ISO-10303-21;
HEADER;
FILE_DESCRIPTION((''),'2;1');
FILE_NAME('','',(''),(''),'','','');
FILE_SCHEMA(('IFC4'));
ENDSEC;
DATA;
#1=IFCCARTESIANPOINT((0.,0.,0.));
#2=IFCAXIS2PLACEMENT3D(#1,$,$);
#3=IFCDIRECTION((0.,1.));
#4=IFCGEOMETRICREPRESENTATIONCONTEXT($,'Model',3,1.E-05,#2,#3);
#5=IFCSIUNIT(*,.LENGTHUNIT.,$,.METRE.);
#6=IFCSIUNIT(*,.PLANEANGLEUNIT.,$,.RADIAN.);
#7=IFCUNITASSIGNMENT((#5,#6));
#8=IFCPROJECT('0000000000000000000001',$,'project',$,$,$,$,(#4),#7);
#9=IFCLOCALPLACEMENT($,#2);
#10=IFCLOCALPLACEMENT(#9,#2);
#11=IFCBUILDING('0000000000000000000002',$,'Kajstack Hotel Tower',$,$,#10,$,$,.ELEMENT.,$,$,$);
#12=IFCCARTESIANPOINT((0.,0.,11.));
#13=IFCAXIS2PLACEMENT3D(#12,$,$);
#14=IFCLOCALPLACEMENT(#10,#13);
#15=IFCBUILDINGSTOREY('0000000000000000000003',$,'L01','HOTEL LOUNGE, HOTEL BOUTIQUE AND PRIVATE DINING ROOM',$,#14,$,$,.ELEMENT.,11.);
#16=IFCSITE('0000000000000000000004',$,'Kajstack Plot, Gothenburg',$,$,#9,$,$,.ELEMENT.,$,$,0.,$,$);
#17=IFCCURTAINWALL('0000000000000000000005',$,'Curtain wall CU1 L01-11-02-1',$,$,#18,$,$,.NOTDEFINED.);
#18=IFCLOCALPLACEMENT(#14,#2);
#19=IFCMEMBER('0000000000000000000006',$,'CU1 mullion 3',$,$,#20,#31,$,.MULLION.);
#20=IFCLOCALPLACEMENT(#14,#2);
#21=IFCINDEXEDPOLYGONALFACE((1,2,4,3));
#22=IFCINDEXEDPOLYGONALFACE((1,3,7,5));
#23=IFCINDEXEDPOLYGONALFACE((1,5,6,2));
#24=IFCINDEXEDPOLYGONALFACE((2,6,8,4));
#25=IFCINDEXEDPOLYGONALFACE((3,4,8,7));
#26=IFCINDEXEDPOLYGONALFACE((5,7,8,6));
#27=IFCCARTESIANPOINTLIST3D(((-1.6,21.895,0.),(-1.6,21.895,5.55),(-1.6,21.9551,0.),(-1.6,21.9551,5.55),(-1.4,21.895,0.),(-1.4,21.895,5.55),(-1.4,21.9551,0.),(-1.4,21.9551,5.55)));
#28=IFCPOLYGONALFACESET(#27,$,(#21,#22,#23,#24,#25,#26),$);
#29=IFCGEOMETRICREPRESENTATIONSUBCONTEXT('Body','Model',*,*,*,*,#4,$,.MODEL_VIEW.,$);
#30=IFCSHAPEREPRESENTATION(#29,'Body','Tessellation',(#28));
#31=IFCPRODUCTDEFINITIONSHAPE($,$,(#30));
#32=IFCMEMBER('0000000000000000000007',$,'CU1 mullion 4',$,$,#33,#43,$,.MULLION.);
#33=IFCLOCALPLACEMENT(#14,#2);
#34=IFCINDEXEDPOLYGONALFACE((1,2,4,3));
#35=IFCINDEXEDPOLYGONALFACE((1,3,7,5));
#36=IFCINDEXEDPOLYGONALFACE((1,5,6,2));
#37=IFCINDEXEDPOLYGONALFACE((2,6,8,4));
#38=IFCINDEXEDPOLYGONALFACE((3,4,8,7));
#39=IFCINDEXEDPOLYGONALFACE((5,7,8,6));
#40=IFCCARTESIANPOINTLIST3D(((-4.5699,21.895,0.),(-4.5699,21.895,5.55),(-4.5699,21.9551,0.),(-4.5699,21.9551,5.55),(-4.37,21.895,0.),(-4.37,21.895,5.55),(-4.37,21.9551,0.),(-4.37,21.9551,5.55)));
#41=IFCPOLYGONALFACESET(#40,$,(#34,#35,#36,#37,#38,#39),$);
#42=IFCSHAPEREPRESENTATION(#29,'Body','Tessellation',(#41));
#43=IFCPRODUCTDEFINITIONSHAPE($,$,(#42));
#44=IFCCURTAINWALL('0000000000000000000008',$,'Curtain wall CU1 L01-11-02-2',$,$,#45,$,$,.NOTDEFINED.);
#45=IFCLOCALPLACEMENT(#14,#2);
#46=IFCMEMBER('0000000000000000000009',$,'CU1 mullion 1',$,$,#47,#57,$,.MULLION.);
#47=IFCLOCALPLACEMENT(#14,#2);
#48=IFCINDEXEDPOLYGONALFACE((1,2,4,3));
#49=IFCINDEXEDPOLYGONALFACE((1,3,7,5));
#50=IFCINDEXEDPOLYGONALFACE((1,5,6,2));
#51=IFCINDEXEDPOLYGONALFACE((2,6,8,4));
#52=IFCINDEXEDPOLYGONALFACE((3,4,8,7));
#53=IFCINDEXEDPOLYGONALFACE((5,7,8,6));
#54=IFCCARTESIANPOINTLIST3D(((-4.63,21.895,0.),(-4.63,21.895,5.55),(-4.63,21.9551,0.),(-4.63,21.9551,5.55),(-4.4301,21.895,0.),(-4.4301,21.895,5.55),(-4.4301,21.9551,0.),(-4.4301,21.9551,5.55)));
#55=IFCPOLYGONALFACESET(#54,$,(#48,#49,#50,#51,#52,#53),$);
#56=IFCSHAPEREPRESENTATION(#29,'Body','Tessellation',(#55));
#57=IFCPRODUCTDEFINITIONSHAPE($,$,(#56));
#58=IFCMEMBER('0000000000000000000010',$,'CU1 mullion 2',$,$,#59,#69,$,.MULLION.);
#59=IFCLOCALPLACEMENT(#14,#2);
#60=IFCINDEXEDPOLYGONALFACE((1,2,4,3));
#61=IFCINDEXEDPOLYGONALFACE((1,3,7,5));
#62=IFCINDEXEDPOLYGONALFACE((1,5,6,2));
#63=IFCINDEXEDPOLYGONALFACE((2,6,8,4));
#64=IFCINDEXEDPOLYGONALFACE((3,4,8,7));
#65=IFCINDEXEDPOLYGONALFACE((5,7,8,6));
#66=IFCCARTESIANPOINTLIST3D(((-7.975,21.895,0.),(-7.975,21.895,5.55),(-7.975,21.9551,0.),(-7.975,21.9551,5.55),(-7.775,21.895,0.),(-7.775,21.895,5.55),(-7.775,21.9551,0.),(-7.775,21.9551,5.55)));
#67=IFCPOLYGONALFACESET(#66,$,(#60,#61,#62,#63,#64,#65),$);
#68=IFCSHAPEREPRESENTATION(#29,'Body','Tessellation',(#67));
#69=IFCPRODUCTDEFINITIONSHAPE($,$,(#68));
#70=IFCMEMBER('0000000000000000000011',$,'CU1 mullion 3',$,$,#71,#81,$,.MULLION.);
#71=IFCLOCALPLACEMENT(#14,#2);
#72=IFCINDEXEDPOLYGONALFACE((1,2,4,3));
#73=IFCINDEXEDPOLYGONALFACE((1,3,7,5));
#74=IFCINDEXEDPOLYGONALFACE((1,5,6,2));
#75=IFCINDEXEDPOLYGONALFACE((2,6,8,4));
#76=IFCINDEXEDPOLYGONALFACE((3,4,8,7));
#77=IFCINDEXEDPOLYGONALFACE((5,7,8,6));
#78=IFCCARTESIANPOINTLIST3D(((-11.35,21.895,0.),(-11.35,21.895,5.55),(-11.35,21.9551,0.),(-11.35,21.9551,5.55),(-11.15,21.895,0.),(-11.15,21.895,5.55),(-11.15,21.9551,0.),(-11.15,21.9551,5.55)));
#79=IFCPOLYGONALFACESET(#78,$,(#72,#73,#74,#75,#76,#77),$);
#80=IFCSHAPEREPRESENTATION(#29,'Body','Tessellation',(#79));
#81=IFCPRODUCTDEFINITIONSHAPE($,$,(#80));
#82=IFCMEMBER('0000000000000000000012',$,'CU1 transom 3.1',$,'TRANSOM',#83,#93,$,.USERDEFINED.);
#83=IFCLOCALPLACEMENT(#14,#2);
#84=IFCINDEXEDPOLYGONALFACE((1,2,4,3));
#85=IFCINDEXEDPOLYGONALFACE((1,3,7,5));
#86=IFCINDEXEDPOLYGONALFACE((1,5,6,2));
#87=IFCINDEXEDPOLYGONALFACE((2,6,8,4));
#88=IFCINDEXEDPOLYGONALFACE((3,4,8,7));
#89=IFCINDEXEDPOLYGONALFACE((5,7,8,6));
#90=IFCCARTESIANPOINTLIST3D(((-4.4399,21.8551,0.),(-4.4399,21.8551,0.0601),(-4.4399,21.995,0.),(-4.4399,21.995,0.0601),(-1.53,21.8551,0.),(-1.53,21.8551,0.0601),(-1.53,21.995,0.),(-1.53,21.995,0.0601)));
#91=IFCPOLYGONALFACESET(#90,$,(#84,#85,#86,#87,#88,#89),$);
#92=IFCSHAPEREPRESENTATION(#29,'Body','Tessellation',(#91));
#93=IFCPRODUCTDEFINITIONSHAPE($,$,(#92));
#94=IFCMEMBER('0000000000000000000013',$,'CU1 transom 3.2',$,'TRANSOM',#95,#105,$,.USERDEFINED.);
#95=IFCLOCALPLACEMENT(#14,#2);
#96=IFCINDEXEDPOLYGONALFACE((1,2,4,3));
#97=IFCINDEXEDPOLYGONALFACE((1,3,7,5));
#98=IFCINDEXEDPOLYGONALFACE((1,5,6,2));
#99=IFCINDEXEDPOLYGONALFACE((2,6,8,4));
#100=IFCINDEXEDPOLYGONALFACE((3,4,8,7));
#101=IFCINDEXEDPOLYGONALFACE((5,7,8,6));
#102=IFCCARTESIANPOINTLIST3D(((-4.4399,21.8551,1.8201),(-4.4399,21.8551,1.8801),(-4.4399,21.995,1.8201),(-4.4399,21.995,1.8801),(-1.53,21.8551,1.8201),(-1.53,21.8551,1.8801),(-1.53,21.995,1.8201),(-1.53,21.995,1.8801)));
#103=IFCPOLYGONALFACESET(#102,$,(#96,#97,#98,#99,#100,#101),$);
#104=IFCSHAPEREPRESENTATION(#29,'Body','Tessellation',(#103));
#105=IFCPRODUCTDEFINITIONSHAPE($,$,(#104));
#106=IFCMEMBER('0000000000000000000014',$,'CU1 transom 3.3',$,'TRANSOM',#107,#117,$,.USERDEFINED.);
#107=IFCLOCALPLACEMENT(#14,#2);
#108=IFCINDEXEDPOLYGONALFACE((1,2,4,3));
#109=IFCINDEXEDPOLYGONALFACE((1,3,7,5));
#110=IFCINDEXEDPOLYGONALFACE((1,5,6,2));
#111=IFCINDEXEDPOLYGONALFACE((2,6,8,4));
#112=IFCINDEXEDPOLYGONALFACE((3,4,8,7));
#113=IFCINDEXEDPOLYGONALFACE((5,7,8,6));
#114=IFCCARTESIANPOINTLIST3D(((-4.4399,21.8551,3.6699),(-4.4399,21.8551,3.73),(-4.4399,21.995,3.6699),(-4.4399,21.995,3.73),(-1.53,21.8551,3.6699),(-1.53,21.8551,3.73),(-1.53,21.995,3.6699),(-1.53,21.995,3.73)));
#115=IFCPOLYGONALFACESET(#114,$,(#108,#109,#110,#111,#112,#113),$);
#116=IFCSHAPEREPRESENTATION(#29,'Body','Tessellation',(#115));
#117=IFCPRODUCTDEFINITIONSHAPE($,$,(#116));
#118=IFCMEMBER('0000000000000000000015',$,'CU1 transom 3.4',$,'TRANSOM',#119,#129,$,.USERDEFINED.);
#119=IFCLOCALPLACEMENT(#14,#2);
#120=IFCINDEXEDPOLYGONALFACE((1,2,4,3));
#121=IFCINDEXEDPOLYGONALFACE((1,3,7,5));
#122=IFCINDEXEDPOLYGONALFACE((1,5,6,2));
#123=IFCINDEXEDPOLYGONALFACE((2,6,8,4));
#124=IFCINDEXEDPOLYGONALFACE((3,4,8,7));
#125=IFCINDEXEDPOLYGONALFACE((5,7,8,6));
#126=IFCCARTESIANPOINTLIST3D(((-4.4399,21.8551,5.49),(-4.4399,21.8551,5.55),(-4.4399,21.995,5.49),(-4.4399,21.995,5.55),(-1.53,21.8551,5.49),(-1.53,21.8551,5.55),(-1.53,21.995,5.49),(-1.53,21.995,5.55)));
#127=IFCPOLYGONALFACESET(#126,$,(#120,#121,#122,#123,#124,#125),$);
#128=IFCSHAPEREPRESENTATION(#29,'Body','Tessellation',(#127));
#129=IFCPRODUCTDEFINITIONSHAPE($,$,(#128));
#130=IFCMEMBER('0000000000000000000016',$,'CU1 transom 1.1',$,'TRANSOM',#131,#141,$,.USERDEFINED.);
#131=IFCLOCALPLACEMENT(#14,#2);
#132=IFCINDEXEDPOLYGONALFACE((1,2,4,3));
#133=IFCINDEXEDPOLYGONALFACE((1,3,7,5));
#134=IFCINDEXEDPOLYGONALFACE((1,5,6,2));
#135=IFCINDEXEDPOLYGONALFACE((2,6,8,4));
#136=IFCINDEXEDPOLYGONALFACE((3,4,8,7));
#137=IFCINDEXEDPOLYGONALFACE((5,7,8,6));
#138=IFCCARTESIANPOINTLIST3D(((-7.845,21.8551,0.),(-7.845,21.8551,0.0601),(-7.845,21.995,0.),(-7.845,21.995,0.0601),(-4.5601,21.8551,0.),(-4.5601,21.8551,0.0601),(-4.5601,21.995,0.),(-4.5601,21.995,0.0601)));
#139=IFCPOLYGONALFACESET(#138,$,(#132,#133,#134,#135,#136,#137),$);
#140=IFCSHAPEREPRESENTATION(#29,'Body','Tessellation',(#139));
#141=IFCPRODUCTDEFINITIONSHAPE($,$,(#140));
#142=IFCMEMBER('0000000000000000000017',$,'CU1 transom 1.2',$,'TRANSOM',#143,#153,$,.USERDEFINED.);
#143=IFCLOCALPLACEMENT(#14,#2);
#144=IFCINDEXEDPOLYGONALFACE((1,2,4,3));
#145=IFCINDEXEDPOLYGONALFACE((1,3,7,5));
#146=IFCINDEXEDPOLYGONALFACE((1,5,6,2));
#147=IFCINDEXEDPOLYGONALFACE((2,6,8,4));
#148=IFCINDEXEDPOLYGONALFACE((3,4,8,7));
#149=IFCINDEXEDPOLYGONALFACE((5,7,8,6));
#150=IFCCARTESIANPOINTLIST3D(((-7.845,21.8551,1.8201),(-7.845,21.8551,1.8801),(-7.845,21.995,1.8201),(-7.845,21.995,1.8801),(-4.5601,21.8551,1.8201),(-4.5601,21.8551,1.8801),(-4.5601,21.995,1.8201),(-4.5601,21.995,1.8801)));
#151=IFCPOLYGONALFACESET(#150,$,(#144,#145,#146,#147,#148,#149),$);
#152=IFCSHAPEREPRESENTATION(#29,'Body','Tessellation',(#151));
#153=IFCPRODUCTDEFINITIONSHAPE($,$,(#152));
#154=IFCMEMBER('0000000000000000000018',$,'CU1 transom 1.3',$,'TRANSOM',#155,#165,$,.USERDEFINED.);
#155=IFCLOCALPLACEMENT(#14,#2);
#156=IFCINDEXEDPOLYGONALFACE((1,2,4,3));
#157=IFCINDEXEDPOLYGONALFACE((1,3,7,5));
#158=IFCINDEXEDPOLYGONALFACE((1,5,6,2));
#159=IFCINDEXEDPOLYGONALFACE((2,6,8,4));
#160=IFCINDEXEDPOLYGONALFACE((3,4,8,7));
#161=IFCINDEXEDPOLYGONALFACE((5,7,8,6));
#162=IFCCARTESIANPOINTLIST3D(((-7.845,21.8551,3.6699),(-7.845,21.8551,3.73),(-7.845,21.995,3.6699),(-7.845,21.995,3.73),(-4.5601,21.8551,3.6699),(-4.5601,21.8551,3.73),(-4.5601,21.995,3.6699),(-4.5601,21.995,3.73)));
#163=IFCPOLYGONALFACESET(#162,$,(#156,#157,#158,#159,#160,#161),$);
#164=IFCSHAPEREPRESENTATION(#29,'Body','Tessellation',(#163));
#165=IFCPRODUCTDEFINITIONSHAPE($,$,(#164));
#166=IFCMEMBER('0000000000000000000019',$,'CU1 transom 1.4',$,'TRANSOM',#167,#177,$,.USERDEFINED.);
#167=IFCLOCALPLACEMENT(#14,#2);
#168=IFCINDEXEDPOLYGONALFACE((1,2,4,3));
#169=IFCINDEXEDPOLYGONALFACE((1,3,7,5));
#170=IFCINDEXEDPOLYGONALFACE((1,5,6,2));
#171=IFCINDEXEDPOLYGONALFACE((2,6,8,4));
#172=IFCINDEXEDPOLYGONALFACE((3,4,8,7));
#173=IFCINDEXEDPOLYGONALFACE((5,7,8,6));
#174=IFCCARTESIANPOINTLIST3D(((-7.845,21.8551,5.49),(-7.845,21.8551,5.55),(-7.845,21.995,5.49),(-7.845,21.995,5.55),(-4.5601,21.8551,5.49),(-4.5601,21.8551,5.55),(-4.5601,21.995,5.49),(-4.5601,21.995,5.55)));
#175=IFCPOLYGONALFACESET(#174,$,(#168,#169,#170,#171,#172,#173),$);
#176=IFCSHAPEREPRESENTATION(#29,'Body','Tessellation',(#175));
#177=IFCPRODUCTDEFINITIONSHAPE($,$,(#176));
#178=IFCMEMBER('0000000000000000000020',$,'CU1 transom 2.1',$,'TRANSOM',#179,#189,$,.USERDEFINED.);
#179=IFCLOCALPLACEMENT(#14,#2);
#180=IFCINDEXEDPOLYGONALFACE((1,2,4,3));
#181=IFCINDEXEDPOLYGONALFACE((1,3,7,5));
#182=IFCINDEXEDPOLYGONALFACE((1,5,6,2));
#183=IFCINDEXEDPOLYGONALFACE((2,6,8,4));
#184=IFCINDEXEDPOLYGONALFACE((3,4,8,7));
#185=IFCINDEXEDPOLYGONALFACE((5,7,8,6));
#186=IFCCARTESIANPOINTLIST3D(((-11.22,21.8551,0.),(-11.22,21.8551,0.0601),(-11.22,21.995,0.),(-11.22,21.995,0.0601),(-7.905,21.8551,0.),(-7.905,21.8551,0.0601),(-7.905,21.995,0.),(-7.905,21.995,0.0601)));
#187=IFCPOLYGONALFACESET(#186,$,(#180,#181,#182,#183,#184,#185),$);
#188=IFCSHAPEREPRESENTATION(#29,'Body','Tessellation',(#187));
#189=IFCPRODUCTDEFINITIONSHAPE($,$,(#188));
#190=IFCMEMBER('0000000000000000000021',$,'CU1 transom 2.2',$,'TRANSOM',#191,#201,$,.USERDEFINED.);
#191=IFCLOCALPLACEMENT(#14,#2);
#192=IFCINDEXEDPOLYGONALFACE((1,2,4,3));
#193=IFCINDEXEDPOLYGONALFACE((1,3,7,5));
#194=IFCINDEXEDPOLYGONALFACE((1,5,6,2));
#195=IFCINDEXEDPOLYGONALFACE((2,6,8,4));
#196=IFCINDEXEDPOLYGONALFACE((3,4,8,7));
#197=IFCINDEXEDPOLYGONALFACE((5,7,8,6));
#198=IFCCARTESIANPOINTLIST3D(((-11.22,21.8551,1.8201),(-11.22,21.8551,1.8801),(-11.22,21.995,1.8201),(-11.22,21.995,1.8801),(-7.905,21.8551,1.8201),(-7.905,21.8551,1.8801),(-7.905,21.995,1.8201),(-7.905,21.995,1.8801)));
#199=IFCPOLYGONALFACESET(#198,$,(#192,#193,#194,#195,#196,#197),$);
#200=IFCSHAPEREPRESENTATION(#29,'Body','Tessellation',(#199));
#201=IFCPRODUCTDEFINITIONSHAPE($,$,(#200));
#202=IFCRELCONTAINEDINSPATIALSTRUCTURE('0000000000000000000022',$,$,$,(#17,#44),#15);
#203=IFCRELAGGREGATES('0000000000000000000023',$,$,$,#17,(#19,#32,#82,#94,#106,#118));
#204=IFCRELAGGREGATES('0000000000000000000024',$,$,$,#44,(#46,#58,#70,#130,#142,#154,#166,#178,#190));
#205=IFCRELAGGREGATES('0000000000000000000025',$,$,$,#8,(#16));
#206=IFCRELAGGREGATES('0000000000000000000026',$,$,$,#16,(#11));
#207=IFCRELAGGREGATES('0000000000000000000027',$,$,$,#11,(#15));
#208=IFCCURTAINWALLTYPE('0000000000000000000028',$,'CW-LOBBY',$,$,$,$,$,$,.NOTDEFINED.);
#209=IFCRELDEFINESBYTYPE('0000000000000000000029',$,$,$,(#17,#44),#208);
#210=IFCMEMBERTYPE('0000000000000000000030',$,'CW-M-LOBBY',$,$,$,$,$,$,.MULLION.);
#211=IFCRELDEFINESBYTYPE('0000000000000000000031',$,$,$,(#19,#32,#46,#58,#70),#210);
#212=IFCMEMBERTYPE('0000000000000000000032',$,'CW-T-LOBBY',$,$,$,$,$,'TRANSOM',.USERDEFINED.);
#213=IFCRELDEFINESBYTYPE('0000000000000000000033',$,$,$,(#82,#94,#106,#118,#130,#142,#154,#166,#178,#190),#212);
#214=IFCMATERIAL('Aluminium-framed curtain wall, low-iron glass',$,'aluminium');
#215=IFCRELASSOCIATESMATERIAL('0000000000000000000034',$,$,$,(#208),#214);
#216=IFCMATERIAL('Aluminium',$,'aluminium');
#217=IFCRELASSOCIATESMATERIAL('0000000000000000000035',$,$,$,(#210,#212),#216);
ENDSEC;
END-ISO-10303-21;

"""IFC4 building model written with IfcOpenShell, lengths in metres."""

from ifc_helpers import new_model, si_unit, direction, frame, origin, origin_2d, place, context, subcontext, project, spatial, rectangle, extrude, material, material_profile, profile_set, type_object, element, aggregate, save


model = new_model("IFC4")

# Units and contexts
model_context = context("Model", 3, precision=1e-05, world=origin(), true_north=direction((0.0, 1.0)))
body_context = subcontext(model_context, "Body", "Model", "MODEL_VIEW")
ifc_project = project(units=[si_unit("LENGTHUNIT", "METRE"), si_unit("PLANEANGLEUNIT", "RADIAN")], contexts=[model_context])

# Site, building, storey
site_placement = place(None, origin())
site = spatial("IfcSite", under=ifc_project, at=site_placement, Name="Kajstack Plot, Gothenburg", CompositionType="ELEMENT", RefElevation=0.0)
building_placement = place(site_placement, origin())
building = spatial("IfcBuilding", under=site, at=building_placement, Name="Kajstack Hotel Tower", CompositionType="ELEMENT")
storey_placement = place(building_placement, frame((0.0, 0.0, 11.0)))
storey = spatial("IfcBuildingStorey", under=building, at=storey_placement, Name="L01", Description="HOTEL LOUNGE, HOTEL BOUTIQUE AND PRIVATE DINING ROOM", CompositionType="ELEMENT", Elevation=11.0)

# Curtain walls, members
ifc_material_1 = material(Name="Aluminium-framed curtain wall, low-iron glass", Category="aluminium")
curtain_wall_type = type_object("IfcCurtainWallType", Name="CW-LOBBY", PredefinedType="NOTDEFINED", material=ifc_material_1)
curtain_wall_1_placement = place(storey_placement, origin())
curtain_wall_1 = element("IfcCurtainWall", 1, at=curtain_wall_1_placement, inside=storey, type_object=curtain_wall_type, Name="Curtain wall CU1 L01-11-02-1", PredefinedType="NOTDEFINED")
ifc_material_2 = material(Name="Aluminium", Category="aluminium")
ifc_material_profile_1 = material_profile(ifc_material_2, rectangle(XDim=0.0601, YDim=0.2, at=origin_2d()), Name="Aluminium mullion 60 x 200")
ifc_profile_set_1 = profile_set([ifc_material_profile_1], Name="Aluminium")
member_type_1 = type_object("IfcMemberType", Name="CW-M-LOBBY", PredefinedType="MULLION", material=ifc_profile_set_1)
member_1_placement = place(storey_placement, frame((-1.5, 21.925, 0.0), z_axis=(0.0, 0.0, 1.0), x_axis=(0.0, -1.0, 0.0)))
member_1 = element("IfcMember", 2, at=member_1_placement, type_object=member_type_1, Name="CU1 mullion 3", PredefinedType="MULLION", context=body_context, shape_type="SweptSolid", body=[
    extrude(rectangle(XDim=0.0601, YDim=0.2, at=origin_2d()), origin(), (0.0, 0.0, 1.0), 5.55),
])
member_2_placement = place(storey_placement, frame((-4.47, 21.925, 0.0), z_axis=(0.0, 0.0, 1.0), x_axis=(0.0, -1.0, 0.0)))
member_2 = element("IfcMember", 3, at=member_2_placement, type_object=member_type_1, Name="CU1 mullion 4", PredefinedType="MULLION", context=body_context, shape_type="SweptSolid", body=[
    extrude(rectangle(XDim=0.0601, YDim=0.2, at=origin_2d()), origin(), (0.0, 0.0, 1.0), 5.55),
])
curtain_wall_2_placement = place(storey_placement, origin())
curtain_wall_2 = element("IfcCurtainWall", 4, at=curtain_wall_2_placement, inside=storey, type_object=curtain_wall_type, Name="Curtain wall CU1 L01-11-02-2", PredefinedType="NOTDEFINED")
member_3_placement = place(storey_placement, frame((-4.53, 21.925, 0.0), z_axis=(0.0, 0.0, 1.0), x_axis=(0.0, -1.0, 0.0)))
member_3 = element("IfcMember", 5, at=member_3_placement, type_object=member_type_1, Name="CU1 mullion 1", PredefinedType="MULLION", context=body_context, shape_type="SweptSolid", body=[
    extrude(rectangle(XDim=0.0601, YDim=0.2, at=origin_2d()), origin(), (0.0, 0.0, 1.0), 5.55),
])
member_4_placement = place(storey_placement, frame((-7.875, 21.925, 0.0), z_axis=(0.0, 0.0, 1.0), x_axis=(0.0, -1.0, 0.0)))
member_4 = element("IfcMember", 6, at=member_4_placement, type_object=member_type_1, Name="CU1 mullion 2", PredefinedType="MULLION", context=body_context, shape_type="SweptSolid", body=[
    extrude(rectangle(XDim=0.0601, YDim=0.2, at=origin_2d()), origin(), (0.0, 0.0, 1.0), 5.55),
])
member_5_placement = place(storey_placement, frame((-11.25, 21.925, 0.0), z_axis=(0.0, 0.0, 1.0), x_axis=(0.0, -1.0, 0.0)))
member_5 = element("IfcMember", 7, at=member_5_placement, type_object=member_type_1, Name="CU1 mullion 3", PredefinedType="MULLION", context=body_context, shape_type="SweptSolid", body=[
    extrude(rectangle(XDim=0.0601, YDim=0.2, at=origin_2d()), origin(), (0.0, 0.0, 1.0), 5.55),
])

# Members
ifc_material_profile_2 = material_profile(ifc_material_2, rectangle(XDim=0.1399, YDim=0.0601, at=origin_2d()), Name="Aluminium transom 140 x 60")
ifc_profile_set_2 = profile_set([ifc_material_profile_2], Name="Aluminium")
member_type_2 = type_object("IfcMemberType", Name="CW-T-LOBBY", ElementType="TRANSOM", PredefinedType="USERDEFINED", material=ifc_profile_set_2)
member_6_placement = place(storey_placement, frame((-1.53, 21.925, 0.03), z_axis=(-1.0, 0.0, 0.0), x_axis=(0.0, -1.0, 0.0)))
member_6 = element("IfcMember", 8, at=member_6_placement, type_object=member_type_2, Name="CU1 transom 3.1", ObjectType="TRANSOM", PredefinedType="USERDEFINED", context=body_context, shape_type="SweptSolid", body=[
    extrude(rectangle(XDim=0.1399, YDim=0.0601, at=origin_2d()), origin(), (0.0, 0.0, 1.0), 2.9099),
])
member_7_placement = place(storey_placement, frame((-1.53, 21.925, 1.8501), z_axis=(-1.0, 0.0, 0.0), x_axis=(0.0, -1.0, 0.0)))
member_7 = element("IfcMember", 9, at=member_7_placement, type_object=member_type_2, Name="CU1 transom 3.2", ObjectType="TRANSOM", PredefinedType="USERDEFINED", context=body_context, shape_type="SweptSolid", body=[
    extrude(rectangle(XDim=0.1399, YDim=0.0601, at=origin_2d()), origin(), (0.0, 0.0, 1.0), 2.9099),
])
member_8_placement = place(storey_placement, frame((-1.53, 21.925, 3.7), z_axis=(-1.0, 0.0, 0.0), x_axis=(0.0, -1.0, 0.0)))
member_8 = element("IfcMember", 10, at=member_8_placement, type_object=member_type_2, Name="CU1 transom 3.3", ObjectType="TRANSOM", PredefinedType="USERDEFINED", context=body_context, shape_type="SweptSolid", body=[
    extrude(rectangle(XDim=0.1399, YDim=0.0601, at=origin_2d()), origin(), (0.0, 0.0, 1.0), 2.9099),
])
member_9_placement = place(storey_placement, frame((-1.53, 21.925, 5.52), z_axis=(-1.0, 0.0, 0.0), x_axis=(0.0, -1.0, 0.0)))
member_9 = element("IfcMember", 11, at=member_9_placement, type_object=member_type_2, Name="CU1 transom 3.4", ObjectType="TRANSOM", PredefinedType="USERDEFINED", context=body_context, shape_type="SweptSolid", body=[
    extrude(rectangle(XDim=0.1399, YDim=0.0601, at=origin_2d()), origin(), (0.0, 0.0, 1.0), 2.9099),
])
member_10_placement = place(storey_placement, frame((-4.5601, 21.925, 0.03), z_axis=(-1.0, 0.0, 0.0), x_axis=(0.0, -1.0, 0.0)))
member_10 = element("IfcMember", 12, at=member_10_placement, type_object=member_type_2, Name="CU1 transom 1.1", ObjectType="TRANSOM", PredefinedType="USERDEFINED", context=body_context, shape_type="SweptSolid", body=[
    extrude(rectangle(XDim=0.1399, YDim=0.0601, at=origin_2d()), origin(), (0.0, 0.0, 1.0), 3.2849),
])
member_11_placement = place(storey_placement, frame((-4.5601, 21.925, 1.8501), z_axis=(-1.0, 0.0, 0.0), x_axis=(0.0, -1.0, 0.0)))
member_11 = element("IfcMember", 13, at=member_11_placement, type_object=member_type_2, Name="CU1 transom 1.2", ObjectType="TRANSOM", PredefinedType="USERDEFINED", context=body_context, shape_type="SweptSolid", body=[
    extrude(rectangle(XDim=0.1399, YDim=0.0601, at=origin_2d()), origin(), (0.0, 0.0, 1.0), 3.2849),
])
member_12_placement = place(storey_placement, frame((-4.5601, 21.925, 3.7), z_axis=(-1.0, 0.0, 0.0), x_axis=(0.0, -1.0, 0.0)))
member_12 = element("IfcMember", 14, at=member_12_placement, type_object=member_type_2, Name="CU1 transom 1.3", ObjectType="TRANSOM", PredefinedType="USERDEFINED", context=body_context, shape_type="SweptSolid", body=[
    extrude(rectangle(XDim=0.1399, YDim=0.0601, at=origin_2d()), origin(), (0.0, 0.0, 1.0), 3.2849),
])
member_13_placement = place(storey_placement, frame((-4.5601, 21.925, 5.52), z_axis=(-1.0, 0.0, 0.0), x_axis=(0.0, -1.0, 0.0)))
member_13 = element("IfcMember", 15, at=member_13_placement, type_object=member_type_2, Name="CU1 transom 1.4", ObjectType="TRANSOM", PredefinedType="USERDEFINED", context=body_context, shape_type="SweptSolid", body=[
    extrude(rectangle(XDim=0.1399, YDim=0.0601, at=origin_2d()), origin(), (0.0, 0.0, 1.0), 3.2849),
])
member_14_placement = place(storey_placement, frame((-7.905, 21.925, 0.03), z_axis=(-1.0, 0.0, 0.0), x_axis=(0.0, -1.0, 0.0)))
member_14 = element("IfcMember", 16, at=member_14_placement, type_object=member_type_2, Name="CU1 transom 2.1", ObjectType="TRANSOM", PredefinedType="USERDEFINED", context=body_context, shape_type="SweptSolid", body=[
    extrude(rectangle(XDim=0.1399, YDim=0.0601, at=origin_2d()), origin(), (0.0, 0.0, 1.0), 3.3149),
])
member_15_placement = place(storey_placement, frame((-7.905, 21.925, 1.8501), z_axis=(-1.0, 0.0, 0.0), x_axis=(0.0, -1.0, 0.0)))
member_15 = element("IfcMember", 17, at=member_15_placement, type_object=member_type_2, Name="CU1 transom 2.2", ObjectType="TRANSOM", PredefinedType="USERDEFINED", context=body_context, shape_type="SweptSolid", body=[
    extrude(rectangle(XDim=0.1399, YDim=0.0601, at=origin_2d()), origin(), (0.0, 0.0, 1.0), 3.3149),
])

aggregate(curtain_wall_1, [member_1, member_2, member_6, member_7, member_8, member_9])
aggregate(curtain_wall_2, [member_3, member_4, member_5, member_10, member_11, member_12, member_13, member_14, member_15])

save(model, "model.ifc")
